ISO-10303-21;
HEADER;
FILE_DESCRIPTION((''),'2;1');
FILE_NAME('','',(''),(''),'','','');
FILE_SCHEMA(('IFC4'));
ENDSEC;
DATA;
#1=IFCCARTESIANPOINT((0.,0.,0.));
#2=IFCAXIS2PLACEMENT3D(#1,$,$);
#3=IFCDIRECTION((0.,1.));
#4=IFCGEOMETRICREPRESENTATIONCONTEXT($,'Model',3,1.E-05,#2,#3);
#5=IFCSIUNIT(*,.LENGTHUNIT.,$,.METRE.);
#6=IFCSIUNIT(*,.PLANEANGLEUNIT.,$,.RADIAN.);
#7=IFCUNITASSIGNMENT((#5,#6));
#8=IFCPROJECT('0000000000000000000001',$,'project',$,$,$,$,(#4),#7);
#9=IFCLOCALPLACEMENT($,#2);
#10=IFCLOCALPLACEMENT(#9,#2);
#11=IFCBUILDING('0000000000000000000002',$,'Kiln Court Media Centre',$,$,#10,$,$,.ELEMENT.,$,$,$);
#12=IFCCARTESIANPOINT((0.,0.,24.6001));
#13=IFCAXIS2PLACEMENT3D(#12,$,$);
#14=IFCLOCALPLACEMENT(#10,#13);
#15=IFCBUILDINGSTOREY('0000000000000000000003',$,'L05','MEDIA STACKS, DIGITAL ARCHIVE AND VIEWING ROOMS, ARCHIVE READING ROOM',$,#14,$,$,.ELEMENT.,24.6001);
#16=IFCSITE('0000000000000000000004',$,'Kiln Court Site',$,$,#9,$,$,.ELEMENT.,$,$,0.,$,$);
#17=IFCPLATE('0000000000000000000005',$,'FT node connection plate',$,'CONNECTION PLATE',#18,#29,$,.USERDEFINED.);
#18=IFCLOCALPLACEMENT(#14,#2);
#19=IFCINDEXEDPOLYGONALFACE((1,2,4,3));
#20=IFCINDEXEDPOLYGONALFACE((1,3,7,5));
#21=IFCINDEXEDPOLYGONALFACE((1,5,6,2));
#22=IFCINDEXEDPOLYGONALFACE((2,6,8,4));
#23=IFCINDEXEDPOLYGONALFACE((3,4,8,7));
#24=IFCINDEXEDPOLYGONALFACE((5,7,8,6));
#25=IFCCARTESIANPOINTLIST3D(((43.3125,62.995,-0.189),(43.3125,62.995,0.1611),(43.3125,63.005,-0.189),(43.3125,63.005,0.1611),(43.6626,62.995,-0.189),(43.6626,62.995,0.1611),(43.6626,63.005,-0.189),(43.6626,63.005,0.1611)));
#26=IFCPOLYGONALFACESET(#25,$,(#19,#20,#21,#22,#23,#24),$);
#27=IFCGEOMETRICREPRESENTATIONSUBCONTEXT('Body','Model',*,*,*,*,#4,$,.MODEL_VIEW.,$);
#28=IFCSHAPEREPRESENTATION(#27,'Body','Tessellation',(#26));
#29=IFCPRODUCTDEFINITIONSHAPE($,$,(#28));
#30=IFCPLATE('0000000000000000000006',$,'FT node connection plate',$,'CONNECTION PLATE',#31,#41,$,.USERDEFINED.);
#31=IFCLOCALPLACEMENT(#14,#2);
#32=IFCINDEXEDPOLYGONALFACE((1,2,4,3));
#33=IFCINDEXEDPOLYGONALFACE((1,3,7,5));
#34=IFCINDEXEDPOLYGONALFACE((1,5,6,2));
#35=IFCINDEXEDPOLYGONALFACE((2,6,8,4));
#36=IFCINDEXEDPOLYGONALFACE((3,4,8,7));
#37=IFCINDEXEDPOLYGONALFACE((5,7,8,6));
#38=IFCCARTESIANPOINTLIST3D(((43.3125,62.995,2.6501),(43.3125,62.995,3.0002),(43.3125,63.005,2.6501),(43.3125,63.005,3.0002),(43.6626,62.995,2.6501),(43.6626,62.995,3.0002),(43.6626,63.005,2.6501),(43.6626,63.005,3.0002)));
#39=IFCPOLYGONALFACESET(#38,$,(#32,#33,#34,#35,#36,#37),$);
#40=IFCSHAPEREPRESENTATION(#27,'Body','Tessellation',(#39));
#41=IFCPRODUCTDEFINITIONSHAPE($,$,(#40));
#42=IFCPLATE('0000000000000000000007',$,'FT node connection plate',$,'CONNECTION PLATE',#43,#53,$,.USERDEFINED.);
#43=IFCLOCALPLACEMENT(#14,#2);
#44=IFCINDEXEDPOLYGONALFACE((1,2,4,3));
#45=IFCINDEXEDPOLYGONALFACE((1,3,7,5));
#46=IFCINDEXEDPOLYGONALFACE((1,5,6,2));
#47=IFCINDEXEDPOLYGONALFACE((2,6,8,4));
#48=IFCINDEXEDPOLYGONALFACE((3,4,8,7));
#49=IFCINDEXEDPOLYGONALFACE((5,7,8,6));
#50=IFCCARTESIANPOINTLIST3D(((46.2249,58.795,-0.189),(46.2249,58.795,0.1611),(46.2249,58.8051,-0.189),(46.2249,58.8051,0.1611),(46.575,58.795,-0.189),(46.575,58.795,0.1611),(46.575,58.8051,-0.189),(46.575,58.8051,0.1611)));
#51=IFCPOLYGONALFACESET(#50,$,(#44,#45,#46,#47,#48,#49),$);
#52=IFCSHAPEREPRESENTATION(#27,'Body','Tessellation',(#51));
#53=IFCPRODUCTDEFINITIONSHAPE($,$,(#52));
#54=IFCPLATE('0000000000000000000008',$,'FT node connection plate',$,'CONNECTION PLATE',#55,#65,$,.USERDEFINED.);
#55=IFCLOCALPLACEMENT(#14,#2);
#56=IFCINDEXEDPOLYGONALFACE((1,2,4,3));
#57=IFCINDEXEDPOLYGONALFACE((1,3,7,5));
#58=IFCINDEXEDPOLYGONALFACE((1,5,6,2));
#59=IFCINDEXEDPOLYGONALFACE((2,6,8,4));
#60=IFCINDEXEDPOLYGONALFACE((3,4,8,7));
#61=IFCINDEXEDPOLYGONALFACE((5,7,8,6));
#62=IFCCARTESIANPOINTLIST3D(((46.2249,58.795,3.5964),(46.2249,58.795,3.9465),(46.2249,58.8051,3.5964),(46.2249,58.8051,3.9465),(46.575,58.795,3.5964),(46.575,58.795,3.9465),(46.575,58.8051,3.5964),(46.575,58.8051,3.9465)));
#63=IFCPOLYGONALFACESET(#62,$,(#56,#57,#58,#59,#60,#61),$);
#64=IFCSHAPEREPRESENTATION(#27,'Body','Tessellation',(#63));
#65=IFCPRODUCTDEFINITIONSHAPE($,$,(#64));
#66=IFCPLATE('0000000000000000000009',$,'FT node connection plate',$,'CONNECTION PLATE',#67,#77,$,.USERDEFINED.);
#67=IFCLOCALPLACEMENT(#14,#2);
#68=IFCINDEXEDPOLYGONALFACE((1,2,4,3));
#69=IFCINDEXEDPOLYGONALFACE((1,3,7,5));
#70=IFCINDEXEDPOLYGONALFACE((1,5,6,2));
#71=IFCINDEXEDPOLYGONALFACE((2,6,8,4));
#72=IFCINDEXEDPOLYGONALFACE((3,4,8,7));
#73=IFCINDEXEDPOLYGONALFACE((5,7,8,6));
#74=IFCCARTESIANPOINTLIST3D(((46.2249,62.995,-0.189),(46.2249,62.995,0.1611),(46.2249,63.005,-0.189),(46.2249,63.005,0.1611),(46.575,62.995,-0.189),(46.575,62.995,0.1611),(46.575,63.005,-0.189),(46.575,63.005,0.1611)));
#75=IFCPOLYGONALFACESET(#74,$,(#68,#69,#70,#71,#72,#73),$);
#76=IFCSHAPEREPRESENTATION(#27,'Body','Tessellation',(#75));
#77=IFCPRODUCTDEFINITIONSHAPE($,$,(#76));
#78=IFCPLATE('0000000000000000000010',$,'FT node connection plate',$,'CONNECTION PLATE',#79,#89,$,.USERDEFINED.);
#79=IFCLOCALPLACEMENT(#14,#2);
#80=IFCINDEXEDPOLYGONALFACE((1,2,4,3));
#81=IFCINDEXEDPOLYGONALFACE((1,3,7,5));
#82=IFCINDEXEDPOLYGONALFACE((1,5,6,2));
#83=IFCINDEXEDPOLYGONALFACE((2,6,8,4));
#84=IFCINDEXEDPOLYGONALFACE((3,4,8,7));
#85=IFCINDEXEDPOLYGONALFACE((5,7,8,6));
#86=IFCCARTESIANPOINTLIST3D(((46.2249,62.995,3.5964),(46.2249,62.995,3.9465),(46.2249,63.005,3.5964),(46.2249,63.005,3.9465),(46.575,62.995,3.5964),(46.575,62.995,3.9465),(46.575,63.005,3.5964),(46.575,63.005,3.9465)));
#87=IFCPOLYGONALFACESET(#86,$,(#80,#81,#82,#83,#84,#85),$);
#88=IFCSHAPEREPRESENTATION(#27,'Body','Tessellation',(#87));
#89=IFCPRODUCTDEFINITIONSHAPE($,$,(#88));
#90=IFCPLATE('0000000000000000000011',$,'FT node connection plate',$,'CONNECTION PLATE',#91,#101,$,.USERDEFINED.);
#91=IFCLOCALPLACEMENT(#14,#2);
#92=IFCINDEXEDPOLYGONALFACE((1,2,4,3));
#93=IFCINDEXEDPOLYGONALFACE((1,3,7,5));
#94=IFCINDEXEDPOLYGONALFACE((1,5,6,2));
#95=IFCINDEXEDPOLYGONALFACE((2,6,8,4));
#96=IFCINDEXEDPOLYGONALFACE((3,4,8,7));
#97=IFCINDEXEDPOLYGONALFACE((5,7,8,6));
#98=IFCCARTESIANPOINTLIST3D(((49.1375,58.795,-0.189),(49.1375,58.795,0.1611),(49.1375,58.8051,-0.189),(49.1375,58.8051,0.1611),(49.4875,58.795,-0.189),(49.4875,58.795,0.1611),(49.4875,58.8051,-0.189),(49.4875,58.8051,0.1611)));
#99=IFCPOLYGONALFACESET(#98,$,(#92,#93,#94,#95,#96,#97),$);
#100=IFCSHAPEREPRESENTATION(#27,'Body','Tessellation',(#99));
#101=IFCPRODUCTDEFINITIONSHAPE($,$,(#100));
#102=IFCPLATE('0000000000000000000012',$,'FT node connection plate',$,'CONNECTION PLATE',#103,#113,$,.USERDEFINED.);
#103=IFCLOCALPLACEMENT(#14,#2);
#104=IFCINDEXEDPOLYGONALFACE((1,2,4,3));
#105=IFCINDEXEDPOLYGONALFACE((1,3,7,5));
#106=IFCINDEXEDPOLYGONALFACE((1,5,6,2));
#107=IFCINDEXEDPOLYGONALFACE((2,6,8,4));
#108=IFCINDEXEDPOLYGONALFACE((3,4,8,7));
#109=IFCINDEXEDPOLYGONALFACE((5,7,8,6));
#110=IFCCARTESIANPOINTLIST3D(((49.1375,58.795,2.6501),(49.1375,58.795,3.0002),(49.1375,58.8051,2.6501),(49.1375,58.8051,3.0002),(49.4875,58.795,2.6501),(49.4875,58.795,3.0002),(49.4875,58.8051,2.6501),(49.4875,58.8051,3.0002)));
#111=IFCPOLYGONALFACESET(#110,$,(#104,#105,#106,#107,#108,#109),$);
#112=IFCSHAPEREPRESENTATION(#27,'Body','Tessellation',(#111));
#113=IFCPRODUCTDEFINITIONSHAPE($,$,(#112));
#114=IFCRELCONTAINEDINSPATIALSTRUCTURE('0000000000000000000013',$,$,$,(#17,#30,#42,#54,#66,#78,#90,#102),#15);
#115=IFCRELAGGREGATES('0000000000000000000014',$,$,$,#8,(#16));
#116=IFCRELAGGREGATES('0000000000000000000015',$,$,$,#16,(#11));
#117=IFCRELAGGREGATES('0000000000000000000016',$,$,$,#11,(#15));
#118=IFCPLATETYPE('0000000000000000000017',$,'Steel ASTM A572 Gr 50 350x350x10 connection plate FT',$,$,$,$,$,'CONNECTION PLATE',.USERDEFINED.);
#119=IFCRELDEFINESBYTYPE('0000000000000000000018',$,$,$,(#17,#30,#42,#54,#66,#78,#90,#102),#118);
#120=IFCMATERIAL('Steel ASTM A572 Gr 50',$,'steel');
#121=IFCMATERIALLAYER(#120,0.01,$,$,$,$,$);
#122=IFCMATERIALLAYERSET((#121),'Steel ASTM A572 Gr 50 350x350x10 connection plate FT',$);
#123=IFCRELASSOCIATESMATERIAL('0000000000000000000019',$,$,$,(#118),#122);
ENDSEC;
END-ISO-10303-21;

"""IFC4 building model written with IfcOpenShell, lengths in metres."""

from ifc_helpers import new_model, si_unit, direction, frame, origin, origin_2d, place, context, subcontext, project, spatial, rectangle, extrude, material, layer, layer_set, type_object, element, save


model = new_model("IFC4")

# Units and contexts
model_context = context("Model", 3, precision=1e-05, world=origin(), true_north=direction((0.0, 1.0)))
body_context = subcontext(model_context, "Body", "Model", "MODEL_VIEW")
ifc_project = project(units=[si_unit("LENGTHUNIT", "METRE"), si_unit("PLANEANGLEUNIT", "RADIAN")], contexts=[model_context])

# Site, building, storey
site_placement = place(None, origin())
site = spatial("IfcSite", under=ifc_project, at=site_placement, Name="Kiln Court Site", CompositionType="ELEMENT", RefElevation=0.0)
building_placement = place(site_placement, origin())
building = spatial("IfcBuilding", under=site, at=building_placement, Name="Kiln Court Media Centre", CompositionType="ELEMENT")
storey_placement = place(building_placement, frame((0.0, 0.0, 24.6001)))
storey = spatial("IfcBuildingStorey", under=building, at=storey_placement, Name="L05", Description="MEDIA STACKS, DIGITAL ARCHIVE AND VIEWING ROOMS, ARCHIVE READING ROOM", CompositionType="ELEMENT", Elevation=24.6001)

# Plates
ifc_material_1 = material(Name="Steel ASTM A572 Gr 50", Category="steel")
ifc_layer_1 = layer(ifc_material_1, 0.01)
ifc_layer_set_1 = layer_set([ifc_layer_1], Name="Steel ASTM A572 Gr 50 350x350x10 connection plate FT")
plate_type_1 = type_object("IfcPlateType", Name="Steel ASTM A572 Gr 50 350x350x10 connection plate FT", ElementType="CONNECTION PLATE", PredefinedType="USERDEFINED", material=ifc_layer_set_1)
for number, where, z_axis, x_axis, name in (
    (1, (43.4875, 63.0, -0.189), (0.0, 0.0, 1.0), (1.0, 0.0, 0.0), "FT node connection plate"),
    (2, (43.4875, 63.0, 2.6501), (0.0, 0.0, 1.0), (1.0, 0.0, 0.0), "FT node connection plate"),
    (3, (46.3999, 58.8, -0.189), (0.0, 0.0, 1.0), (1.0, 0.0, 0.0), "FT node connection plate"),
    (4, (46.3999, 58.8, 3.5964), (0.0, 0.0, 1.0), (1.0, 0.0, 0.0), "FT node connection plate"),
    (5, (46.3999, 63.0, -0.189), (0.0, 0.0, 1.0), (1.0, 0.0, 0.0), "FT node connection plate"),
    (6, (46.3999, 63.0, 3.5964), (0.0, 0.0, 1.0), (1.0, 0.0, 0.0), "FT node connection plate"),
    (7, (49.3125, 58.8, -0.189), (0.0, 0.0, 1.0), (1.0, 0.0, 0.0), "FT node connection plate"),
    (8, (49.3125, 58.8, 2.6501), (0.0, 0.0, 1.0), (1.0, 0.0, 0.0), "FT node connection plate"),
):
    element("IfcPlate", number, at=place(storey_placement, frame(where, z_axis=z_axis, x_axis=x_axis)), inside=storey, type_object=plate_type_1, Name=name, ObjectType="CONNECTION PLATE", PredefinedType="USERDEFINED", context=body_context, shape_type="SweptSolid", body=[
        extrude(rectangle(XDim=0.3501, YDim=0.01, at=origin_2d()), origin(), (0.0, 0.0, 1.0), 0.3501),
    ])

save(model, "model.ifc")
